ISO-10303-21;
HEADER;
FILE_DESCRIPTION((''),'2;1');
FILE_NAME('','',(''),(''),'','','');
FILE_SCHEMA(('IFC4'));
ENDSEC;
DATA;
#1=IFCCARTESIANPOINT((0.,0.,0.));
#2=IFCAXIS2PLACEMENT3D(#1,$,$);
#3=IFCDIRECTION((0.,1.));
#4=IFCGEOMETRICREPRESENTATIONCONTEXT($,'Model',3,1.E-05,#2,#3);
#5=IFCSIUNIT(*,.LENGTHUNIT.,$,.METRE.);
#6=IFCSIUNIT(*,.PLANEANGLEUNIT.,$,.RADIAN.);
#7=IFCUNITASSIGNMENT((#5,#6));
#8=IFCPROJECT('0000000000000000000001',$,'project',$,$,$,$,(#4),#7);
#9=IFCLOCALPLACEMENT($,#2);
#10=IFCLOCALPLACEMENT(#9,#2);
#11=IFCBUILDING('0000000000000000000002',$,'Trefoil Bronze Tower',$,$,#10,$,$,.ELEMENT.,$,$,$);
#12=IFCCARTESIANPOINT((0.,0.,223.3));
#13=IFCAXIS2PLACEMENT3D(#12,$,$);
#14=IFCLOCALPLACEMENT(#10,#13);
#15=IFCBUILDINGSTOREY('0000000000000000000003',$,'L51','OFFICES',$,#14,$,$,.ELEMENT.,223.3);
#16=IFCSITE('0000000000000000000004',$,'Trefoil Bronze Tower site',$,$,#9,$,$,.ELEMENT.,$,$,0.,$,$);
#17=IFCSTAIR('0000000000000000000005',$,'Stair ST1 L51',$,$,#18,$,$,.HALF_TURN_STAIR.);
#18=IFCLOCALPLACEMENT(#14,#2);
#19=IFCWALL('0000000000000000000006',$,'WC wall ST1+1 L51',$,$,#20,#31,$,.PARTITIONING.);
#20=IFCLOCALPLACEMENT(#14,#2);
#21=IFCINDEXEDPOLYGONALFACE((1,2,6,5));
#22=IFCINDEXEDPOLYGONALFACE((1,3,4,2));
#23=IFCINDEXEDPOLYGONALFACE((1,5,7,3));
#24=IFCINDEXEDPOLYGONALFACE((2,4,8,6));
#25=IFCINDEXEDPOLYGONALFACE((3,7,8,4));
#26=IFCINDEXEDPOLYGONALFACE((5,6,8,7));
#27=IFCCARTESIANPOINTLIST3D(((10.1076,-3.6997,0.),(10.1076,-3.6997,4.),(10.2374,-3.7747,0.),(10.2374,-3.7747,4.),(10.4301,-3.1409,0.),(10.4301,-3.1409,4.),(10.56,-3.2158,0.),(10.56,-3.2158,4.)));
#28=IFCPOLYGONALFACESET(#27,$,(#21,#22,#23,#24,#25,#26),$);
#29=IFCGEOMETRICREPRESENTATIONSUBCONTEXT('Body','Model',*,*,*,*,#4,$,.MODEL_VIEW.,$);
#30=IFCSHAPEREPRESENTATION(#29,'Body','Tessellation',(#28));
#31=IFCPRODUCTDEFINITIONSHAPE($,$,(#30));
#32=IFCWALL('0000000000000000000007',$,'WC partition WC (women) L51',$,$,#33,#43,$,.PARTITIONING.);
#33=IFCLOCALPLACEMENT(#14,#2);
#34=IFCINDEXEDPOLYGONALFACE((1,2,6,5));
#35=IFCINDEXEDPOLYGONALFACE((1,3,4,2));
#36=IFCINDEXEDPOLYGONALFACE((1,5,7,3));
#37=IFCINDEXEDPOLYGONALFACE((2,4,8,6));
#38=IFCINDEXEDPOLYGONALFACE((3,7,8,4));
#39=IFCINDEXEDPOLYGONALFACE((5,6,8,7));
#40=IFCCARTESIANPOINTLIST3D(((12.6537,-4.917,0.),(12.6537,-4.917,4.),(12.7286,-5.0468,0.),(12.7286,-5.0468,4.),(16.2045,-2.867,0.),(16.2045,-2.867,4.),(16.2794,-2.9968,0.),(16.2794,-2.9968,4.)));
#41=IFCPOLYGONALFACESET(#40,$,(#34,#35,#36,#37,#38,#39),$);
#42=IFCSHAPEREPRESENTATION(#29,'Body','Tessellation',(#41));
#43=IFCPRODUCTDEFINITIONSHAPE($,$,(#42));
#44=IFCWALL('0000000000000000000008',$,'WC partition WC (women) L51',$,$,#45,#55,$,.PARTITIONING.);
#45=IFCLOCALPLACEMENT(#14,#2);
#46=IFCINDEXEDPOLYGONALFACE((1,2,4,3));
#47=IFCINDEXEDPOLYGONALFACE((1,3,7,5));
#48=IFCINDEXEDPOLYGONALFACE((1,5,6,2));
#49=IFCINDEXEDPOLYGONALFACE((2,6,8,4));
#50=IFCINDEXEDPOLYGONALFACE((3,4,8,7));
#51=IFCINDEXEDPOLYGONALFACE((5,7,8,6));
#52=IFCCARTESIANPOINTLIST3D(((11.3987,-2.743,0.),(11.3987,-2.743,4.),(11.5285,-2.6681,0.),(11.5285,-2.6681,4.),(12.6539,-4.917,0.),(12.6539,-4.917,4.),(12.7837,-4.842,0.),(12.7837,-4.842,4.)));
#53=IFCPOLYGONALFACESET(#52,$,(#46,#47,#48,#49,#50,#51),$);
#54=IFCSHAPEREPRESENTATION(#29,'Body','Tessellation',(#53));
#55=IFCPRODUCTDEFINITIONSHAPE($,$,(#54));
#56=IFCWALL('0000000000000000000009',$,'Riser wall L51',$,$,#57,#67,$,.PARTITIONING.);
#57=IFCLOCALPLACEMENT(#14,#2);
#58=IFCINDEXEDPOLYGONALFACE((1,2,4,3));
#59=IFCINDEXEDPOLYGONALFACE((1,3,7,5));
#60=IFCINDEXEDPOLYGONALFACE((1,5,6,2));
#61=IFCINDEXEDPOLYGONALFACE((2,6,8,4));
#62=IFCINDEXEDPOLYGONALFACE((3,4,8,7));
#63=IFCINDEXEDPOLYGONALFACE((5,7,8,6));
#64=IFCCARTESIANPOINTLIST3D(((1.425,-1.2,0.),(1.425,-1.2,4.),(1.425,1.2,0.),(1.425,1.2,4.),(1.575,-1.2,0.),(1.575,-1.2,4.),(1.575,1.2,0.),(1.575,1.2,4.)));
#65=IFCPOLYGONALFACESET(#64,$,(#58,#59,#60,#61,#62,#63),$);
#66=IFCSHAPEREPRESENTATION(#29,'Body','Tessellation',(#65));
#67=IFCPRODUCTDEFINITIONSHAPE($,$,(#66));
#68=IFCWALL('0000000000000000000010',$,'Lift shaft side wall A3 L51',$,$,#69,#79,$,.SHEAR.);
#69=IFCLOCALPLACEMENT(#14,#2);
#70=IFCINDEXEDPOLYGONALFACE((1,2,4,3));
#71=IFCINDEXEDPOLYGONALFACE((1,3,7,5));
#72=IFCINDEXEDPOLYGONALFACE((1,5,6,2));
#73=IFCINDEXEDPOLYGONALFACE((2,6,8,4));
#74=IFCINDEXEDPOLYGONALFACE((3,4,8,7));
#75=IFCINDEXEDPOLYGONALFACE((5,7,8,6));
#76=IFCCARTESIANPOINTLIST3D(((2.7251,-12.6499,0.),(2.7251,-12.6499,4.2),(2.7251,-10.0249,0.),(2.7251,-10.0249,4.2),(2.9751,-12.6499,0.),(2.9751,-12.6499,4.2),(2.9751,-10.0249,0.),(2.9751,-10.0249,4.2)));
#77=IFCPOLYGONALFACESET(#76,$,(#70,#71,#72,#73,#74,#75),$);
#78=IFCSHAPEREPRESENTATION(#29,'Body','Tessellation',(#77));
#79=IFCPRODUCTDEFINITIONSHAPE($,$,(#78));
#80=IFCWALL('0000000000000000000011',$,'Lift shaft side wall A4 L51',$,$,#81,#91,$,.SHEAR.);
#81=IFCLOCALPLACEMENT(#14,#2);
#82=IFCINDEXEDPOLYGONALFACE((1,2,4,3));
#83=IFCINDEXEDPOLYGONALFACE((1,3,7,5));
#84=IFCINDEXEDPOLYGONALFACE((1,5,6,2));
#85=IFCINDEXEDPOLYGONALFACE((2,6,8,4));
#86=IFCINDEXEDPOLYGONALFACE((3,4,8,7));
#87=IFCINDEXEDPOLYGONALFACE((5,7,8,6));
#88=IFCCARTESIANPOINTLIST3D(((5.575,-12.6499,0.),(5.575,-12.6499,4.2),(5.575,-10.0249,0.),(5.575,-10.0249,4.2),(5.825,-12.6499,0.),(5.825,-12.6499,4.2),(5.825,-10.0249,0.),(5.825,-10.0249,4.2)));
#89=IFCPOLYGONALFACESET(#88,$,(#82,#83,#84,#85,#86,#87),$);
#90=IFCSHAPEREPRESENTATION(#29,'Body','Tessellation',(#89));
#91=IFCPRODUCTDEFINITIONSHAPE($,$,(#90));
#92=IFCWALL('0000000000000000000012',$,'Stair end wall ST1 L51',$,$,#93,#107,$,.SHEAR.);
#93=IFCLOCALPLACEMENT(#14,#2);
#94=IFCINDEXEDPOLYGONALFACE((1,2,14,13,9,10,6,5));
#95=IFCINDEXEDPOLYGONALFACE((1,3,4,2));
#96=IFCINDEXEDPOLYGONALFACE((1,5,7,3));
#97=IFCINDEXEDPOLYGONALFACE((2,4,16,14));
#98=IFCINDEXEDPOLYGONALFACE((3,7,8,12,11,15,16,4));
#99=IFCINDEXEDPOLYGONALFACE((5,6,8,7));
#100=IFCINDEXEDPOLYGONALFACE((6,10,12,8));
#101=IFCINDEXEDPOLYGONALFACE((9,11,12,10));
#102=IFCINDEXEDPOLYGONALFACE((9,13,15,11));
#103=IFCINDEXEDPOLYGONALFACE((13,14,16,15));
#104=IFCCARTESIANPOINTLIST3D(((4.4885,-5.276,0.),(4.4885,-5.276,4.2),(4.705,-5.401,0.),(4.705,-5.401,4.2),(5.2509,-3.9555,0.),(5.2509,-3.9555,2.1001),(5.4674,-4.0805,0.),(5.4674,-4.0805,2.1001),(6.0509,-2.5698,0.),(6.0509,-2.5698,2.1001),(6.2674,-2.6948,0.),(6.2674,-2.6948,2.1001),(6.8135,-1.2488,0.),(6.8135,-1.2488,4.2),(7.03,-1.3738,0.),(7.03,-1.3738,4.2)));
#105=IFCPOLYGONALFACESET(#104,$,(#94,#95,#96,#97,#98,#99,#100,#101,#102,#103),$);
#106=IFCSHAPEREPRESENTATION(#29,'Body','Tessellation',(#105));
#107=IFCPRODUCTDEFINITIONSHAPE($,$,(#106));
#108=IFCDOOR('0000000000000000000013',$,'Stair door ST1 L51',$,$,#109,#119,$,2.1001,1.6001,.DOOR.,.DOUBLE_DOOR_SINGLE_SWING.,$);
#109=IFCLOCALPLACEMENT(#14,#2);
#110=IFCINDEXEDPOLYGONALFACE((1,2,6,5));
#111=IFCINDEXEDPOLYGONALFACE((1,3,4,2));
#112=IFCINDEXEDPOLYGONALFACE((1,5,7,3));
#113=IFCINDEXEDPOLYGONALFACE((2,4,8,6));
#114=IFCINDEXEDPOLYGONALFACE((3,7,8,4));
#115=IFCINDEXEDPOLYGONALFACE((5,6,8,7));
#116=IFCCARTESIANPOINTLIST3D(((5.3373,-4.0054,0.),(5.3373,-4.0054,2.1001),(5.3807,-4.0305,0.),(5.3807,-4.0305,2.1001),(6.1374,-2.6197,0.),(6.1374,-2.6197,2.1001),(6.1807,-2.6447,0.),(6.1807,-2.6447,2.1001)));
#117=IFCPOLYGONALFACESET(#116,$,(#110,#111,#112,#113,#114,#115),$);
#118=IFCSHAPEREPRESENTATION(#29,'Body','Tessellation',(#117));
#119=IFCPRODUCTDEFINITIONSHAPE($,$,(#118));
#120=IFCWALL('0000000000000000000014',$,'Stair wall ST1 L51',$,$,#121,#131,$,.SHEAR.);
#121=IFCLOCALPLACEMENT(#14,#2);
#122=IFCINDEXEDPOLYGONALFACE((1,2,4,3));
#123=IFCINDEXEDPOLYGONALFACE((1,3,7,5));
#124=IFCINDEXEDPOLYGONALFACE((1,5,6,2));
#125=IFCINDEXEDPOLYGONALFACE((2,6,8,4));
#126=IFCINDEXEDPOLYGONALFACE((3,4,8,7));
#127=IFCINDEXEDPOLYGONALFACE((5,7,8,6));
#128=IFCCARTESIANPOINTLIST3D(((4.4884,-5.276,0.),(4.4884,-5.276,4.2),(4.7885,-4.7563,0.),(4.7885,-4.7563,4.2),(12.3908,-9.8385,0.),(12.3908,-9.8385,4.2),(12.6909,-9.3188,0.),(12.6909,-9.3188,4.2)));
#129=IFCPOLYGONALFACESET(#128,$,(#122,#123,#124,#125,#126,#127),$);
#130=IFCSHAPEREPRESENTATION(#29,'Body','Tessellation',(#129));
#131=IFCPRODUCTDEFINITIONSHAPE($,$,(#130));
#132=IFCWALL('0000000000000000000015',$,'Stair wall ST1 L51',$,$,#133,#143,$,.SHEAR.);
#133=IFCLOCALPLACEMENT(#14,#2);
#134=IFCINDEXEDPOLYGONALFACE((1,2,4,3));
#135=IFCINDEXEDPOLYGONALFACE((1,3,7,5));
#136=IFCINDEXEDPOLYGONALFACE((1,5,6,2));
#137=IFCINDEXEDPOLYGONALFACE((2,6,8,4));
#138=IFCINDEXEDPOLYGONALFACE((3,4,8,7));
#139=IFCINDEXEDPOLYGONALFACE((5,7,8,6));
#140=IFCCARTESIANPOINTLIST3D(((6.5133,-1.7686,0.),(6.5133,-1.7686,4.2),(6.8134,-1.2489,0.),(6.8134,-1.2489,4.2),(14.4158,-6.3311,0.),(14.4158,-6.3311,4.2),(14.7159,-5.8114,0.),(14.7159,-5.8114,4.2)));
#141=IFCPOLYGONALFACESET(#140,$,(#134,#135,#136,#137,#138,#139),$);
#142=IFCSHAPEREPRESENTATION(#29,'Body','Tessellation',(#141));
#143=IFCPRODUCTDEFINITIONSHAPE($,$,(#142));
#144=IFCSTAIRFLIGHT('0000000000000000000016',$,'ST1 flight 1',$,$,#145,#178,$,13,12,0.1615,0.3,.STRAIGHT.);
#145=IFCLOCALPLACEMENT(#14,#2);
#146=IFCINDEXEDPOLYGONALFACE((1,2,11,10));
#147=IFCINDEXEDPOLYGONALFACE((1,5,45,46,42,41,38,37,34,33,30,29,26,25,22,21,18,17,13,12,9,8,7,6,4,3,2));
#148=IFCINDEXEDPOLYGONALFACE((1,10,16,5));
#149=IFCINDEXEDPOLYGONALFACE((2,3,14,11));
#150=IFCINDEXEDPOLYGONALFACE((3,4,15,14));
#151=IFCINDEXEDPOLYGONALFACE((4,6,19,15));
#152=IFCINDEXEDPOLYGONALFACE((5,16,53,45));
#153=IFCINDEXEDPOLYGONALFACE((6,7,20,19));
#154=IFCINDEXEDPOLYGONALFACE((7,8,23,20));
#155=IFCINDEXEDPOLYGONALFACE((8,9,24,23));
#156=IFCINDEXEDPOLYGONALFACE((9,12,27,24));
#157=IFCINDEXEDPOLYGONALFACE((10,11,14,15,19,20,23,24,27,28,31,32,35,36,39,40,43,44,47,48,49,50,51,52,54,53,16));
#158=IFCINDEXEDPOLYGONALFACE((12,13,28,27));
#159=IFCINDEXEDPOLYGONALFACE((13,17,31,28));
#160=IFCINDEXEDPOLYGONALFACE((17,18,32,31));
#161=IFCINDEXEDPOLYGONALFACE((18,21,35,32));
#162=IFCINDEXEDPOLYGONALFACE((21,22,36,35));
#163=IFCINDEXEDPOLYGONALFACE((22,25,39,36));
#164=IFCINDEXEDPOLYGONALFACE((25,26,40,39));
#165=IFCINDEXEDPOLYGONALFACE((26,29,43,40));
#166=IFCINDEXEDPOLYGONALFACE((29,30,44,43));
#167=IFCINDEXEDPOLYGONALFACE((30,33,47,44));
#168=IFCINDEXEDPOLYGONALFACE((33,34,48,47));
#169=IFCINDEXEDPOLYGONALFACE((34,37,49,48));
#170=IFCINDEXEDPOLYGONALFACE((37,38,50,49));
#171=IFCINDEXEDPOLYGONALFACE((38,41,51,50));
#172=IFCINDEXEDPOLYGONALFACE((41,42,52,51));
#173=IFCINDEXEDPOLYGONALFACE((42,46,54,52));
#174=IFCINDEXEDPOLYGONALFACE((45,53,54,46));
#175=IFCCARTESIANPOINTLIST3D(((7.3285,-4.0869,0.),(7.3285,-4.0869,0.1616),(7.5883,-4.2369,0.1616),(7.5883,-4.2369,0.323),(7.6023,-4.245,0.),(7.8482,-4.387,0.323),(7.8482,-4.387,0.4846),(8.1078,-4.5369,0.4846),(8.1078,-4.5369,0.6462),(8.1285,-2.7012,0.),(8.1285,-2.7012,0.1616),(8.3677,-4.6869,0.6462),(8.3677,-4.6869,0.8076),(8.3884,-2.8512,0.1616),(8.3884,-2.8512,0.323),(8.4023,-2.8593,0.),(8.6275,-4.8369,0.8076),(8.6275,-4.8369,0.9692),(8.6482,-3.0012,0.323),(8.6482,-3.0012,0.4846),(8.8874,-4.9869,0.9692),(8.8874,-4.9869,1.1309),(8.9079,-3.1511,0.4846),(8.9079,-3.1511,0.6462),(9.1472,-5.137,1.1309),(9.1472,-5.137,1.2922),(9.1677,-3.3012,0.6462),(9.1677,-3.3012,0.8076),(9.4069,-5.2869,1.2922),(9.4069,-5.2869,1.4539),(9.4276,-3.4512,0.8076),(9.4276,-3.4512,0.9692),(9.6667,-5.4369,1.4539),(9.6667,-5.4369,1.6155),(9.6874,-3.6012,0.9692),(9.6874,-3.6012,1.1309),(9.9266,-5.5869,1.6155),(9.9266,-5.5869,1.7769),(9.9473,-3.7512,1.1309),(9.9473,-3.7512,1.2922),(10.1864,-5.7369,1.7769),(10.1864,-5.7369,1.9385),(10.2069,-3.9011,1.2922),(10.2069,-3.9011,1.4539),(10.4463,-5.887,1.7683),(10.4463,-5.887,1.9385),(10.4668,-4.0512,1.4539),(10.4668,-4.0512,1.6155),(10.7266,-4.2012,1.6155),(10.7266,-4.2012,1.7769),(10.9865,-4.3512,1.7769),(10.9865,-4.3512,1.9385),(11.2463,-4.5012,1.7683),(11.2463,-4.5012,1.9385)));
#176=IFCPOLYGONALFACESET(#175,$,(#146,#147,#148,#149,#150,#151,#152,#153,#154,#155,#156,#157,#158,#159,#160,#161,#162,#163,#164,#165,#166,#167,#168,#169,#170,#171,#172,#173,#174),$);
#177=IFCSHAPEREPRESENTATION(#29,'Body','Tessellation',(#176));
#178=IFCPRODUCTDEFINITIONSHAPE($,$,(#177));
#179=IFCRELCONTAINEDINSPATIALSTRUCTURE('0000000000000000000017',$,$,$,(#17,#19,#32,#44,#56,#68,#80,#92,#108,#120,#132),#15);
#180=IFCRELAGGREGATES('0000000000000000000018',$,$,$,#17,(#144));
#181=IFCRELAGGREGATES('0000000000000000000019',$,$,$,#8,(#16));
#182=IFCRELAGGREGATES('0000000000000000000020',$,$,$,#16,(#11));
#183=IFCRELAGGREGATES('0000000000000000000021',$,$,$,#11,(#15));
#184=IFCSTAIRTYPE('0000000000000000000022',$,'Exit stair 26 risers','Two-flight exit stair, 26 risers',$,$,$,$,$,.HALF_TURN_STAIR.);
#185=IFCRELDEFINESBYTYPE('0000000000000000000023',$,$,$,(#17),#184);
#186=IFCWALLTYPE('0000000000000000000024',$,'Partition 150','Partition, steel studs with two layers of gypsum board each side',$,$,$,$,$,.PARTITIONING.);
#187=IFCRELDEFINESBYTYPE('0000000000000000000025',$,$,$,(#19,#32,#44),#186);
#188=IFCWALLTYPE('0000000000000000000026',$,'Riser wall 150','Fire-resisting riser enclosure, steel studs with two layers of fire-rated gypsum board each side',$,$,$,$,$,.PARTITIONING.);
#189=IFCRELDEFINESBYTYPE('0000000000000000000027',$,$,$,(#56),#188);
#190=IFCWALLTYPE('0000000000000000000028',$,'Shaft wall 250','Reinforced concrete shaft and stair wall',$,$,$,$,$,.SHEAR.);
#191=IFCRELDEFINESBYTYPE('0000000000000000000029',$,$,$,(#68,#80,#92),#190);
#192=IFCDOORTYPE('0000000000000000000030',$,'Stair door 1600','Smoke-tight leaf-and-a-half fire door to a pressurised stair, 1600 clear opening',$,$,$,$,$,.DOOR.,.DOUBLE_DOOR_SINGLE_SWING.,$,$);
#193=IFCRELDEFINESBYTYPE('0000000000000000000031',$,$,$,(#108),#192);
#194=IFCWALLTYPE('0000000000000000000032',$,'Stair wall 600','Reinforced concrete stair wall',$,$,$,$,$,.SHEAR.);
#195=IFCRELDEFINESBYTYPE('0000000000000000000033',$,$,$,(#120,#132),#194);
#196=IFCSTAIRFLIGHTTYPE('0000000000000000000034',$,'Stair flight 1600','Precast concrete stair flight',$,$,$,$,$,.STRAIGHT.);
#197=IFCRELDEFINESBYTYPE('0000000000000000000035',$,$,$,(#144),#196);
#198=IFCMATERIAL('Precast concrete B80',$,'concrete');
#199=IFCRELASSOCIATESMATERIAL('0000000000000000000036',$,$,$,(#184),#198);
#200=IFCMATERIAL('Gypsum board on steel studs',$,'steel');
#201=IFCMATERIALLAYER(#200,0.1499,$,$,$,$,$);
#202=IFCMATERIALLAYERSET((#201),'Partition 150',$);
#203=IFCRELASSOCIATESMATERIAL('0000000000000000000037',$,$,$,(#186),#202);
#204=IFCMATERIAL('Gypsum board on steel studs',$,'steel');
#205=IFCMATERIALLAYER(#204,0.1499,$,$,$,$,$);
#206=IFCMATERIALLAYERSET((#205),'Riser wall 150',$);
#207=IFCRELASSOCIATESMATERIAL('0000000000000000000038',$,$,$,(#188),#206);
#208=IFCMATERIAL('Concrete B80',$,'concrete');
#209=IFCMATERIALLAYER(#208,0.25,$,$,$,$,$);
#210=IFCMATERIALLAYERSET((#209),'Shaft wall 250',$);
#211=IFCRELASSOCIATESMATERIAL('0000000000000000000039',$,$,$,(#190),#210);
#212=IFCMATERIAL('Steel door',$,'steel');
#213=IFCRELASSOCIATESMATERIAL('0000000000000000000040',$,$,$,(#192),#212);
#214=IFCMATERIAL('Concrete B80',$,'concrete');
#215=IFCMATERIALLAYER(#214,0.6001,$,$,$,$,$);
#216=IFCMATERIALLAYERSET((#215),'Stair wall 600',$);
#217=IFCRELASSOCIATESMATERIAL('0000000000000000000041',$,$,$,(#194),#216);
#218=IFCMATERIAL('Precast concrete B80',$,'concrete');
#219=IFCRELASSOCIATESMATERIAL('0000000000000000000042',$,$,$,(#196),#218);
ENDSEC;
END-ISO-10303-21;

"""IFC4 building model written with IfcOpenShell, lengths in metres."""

from ifc_helpers import new_model, si_unit, direction, frame, frame_2d, origin, place, context, subcontext, project, spatial, polyline, rectangle, outline, extrude, material, layer, layer_set, type_object, element, fill, aggregate, save


model = new_model("IFC4")

# Units and contexts
model_context = context("Model", 3, precision=1e-05, world=origin(), true_north=direction((0.0, 1.0)))
body_context = subcontext(model_context, "Body", "Model", "MODEL_VIEW")
ifc_project = project(units=[si_unit("LENGTHUNIT", "METRE"), si_unit("PLANEANGLEUNIT", "RADIAN")], contexts=[model_context])

# Site, building, storey
site_placement = place(None, origin())
site = spatial("IfcSite", under=ifc_project, at=site_placement, Name="Trefoil Bronze Tower site", CompositionType="ELEMENT", RefElevation=0.0)
building_placement = place(site_placement, origin())
building = spatial("IfcBuilding", under=site, at=building_placement, Name="Trefoil Bronze Tower", CompositionType="ELEMENT")
storey_placement = place(building_placement, frame((0.0, 0.0, 223.3)))
storey = spatial("IfcBuildingStorey", under=building, at=storey_placement, Name="L51", Description="OFFICES", CompositionType="ELEMENT", Elevation=223.3)

# Stair
ifc_material_1 = material(Name="Precast concrete B80", Category="concrete")
stair_type = type_object("IfcStairType", Name="Exit stair 26 risers", Description="Two-flight exit stair, 26 risers", PredefinedType="HALF_TURN_STAIR", material=ifc_material_1)
stair_1_placement = place(storey_placement, origin())
stair_1 = element("IfcStair", 1, at=stair_1_placement, inside=storey, type_object=stair_type, Name="Stair ST1 L51", PredefinedType="HALF_TURN_STAIR")

# Shared definitions
ifc_material_2 = material(Name="Gypsum board on steel studs", Category="steel")
ifc_layer_1 = layer(ifc_material_2, 0.1499)
ifc_layer_set_1 = layer_set([ifc_layer_1], Name="Partition 150")
wall_type_1 = type_object("IfcWallType", Name="Partition 150", Description="Partition, steel studs with two layers of gypsum board each side", PredefinedType="PARTITIONING", material=ifc_layer_set_1)

# Walls
for number, where, z_axis, x_axis, name in (
    (2, (10.4951, -3.1782, 0.0), (0.0, 0.0, 1.0), (-0.499843, -0.866116, 0.0), "WC wall ST1+1 L51"),
):
    element("IfcWall", number, at=place(storey_placement, frame(where, z_axis=z_axis, x_axis=x_axis)), inside=storey, type_object=wall_type_1, Name=name, PredefinedType="PARTITIONING", context=body_context, shape_type="SweptSolid", body=[
        extrude(rectangle(XDim=0.6453, YDim=0.1499, at=frame_2d((0.3228, 0.0))), origin(), (0.0, 0.0, 1.0), 4.0),
    ])
wall_1_placement = place(storey_placement, frame((12.6912, -4.9819, 0.0), z_axis=(0.0, 0.0, 1.0), x_axis=(0.866025, 0.500001, 0.0)))
element("IfcWall", 3, at=wall_1_placement, inside=storey, type_object=wall_type_1, Name="WC partition WC (women) L51", PredefinedType="PARTITIONING", context=body_context, shape_type="SweptSolid", body=[
    extrude(rectangle(XDim=4.1001, YDim=0.1499, at=frame_2d((2.05, 0.0))), origin(), (0.0, 0.0, 1.0), 4.0),
])
wall_2_placement = place(storey_placement, frame((11.4636, -2.7056, 0.0), z_axis=(0.0, 0.0, 1.0), x_axis=(0.50002, -0.866014, 0.0)))
element("IfcWall", 4, at=wall_2_placement, inside=storey, type_object=wall_type_1, Name="WC partition WC (women) L51", PredefinedType="PARTITIONING", context=body_context, shape_type="SweptSolid", body=[
    extrude(rectangle(XDim=2.5103, YDim=0.1499, at=frame_2d((1.2551, 0.0))), origin(), (0.0, 0.0, 1.0), 4.0),
])
ifc_material_3 = material(Name="Gypsum board on steel studs", Category="steel")
ifc_layer_2 = layer(ifc_material_3, 0.1499)
ifc_layer_set_2 = layer_set([ifc_layer_2], Name="Riser wall 150")
wall_type_2 = type_object("IfcWallType", Name="Riser wall 150", Description="Fire-resisting riser enclosure, steel studs with two layers of fire-rated gypsum board each side", PredefinedType="PARTITIONING", material=ifc_layer_set_2)
wall_3_placement = place(storey_placement, frame((1.5, -1.2, 0.0), z_axis=(0.0, 0.0, 1.0), x_axis=(0.0, 1.0, 0.0)))
element("IfcWall", 5, at=wall_3_placement, inside=storey, type_object=wall_type_2, Name="Riser wall L51", PredefinedType="PARTITIONING", context=body_context, shape_type="SweptSolid", body=[
    extrude(rectangle(XDim=2.3999, YDim=0.1499, at=frame_2d((1.2, 0.0))), origin(), (0.0, 0.0, 1.0), 4.0),
])
ifc_material_4 = material(Name="Concrete B80", Category="concrete")
ifc_layer_3 = layer(ifc_material_4, 0.25)
ifc_layer_set_3 = layer_set([ifc_layer_3], Name="Shaft wall 250")
wall_type_3 = type_object("IfcWallType", Name="Shaft wall 250", Description="Reinforced concrete shaft and stair wall", PredefinedType="SHEAR", material=ifc_layer_set_3)
for number, where, z_axis, x_axis, name in (
    (6, (2.8501, -10.0249, 0.0), (0.0, 0.0, 1.0), (0.0, -1.0, 0.0), "Lift shaft side wall A3 L51"),
    (7, (5.7, -10.0249, 0.0), (0.0, 0.0, 1.0), (0.0, -1.0, 0.0), "Lift shaft side wall A4 L51"),
):
    element("IfcWall", number, at=place(storey_placement, frame(where, z_axis=z_axis, x_axis=x_axis)), inside=storey, type_object=wall_type_3, Name=name, PredefinedType="SHEAR", context=body_context, shape_type="SweptSolid", body=[
        extrude(rectangle(XDim=2.625, YDim=0.25, at=frame_2d((1.3125, 0.0))), origin(), (0.0, 0.0, 1.0), 4.2),
    ])

# Wall, opening, door
wall_4_placement = place(storey_placement, frame((4.5967, -5.3386, 0.0), z_axis=(0.0, 0.0, 1.0), x_axis=(0.499985, 0.866034, 0.0)))
wall_4 = element("IfcWall", 8, at=wall_4_placement, inside=storey, type_object=wall_type_3, Name="Stair end wall ST1 L51", PredefinedType="SHEAR", context=body_context, shape_type="SweptSolid", body=[
    extrude(rectangle(XDim=4.6501, YDim=0.25, at=frame_2d((2.3252, 0.0))), origin(), (0.0, 0.0, 1.0), 4.2),
])
opening_1_placement = place(wall_4_placement, frame((1.5249, 0.0, 0.0)))
opening_1 = element("IfcOpeningElement", 9, at=opening_1_placement, cuts=wall_4, PredefinedType="OPENING", context=body_context, shape_type="SweptSolid", body=[
    extrude(rectangle(XDim=1.6001, YDim=2.1001, at=frame_2d((0.8, 1.05))), frame((0.0, 0.135, 0.0), z_axis=(0.0, -1.0, 0.0), x_axis=(1.0, 0.0, 0.0)), (0.0, 0.0, 1.0), 0.27),
])
ifc_material_5 = material(Name="Steel door", Category="steel")
door_type_1 = type_object("IfcDoorType", Name="Stair door 1600", Description="Smoke-tight leaf-and-a-half fire door to a pressurised stair, 1600 clear opening", OperationType="DOUBLE_DOOR_SINGLE_SWING", PredefinedType="DOOR", material=ifc_material_5)
door_1_placement = place(opening_1_placement, frame((1.6001, 0.0, 0.0), z_axis=(0.0, 0.0, 1.0), x_axis=(-1.0, 0.0, 0.0)))
door_1 = element("IfcDoor", 10, at=door_1_placement, inside=storey, type_object=door_type_1, Name="Stair door ST1 L51", OperationType="DOUBLE_DOOR_SINGLE_SWING", OverallHeight=2.1001, OverallWidth=1.6001, PredefinedType="DOOR", context=body_context, shape_type="SweptSolid", body=[
    extrude(rectangle(XDim=1.6001, YDim=2.1001, at=frame_2d((0.8, 1.05))), frame((0.0, 0.0249, 0.0), z_axis=(0.0, -1.0, 0.0), x_axis=(1.0, 0.0, 0.0)), (0.0, 0.0, 1.0), 0.05),
])
fill(opening_1, door_1)

# Walls
ifc_material_6 = material(Name="Concrete B80", Category="concrete")
ifc_layer_4 = layer(ifc_material_6, 0.6001)
ifc_layer_set_4 = layer_set([ifc_layer_4], Name="Stair wall 600")
wall_type_4 = type_object("IfcWallType", Name="Stair wall 600", Description="Reinforced concrete stair wall", PredefinedType="SHEAR", material=ifc_layer_set_4)
for number, where, z_axis, x_axis, name in (
    (11, (4.6384, -5.0161, 0.0), (0.0, 0.0, 1.0), (0.866022, -0.500007, 0.0), "Stair wall ST1 L51"),
    (12, (6.6633, -1.5088, 0.0), (0.0, 0.0, 1.0), (0.866028, -0.499995, 0.0), "Stair wall ST1 L51"),
):
    element("IfcWall", number, at=place(storey_placement, frame(where, z_axis=z_axis, x_axis=x_axis)), inside=storey, type_object=wall_type_4, Name=name, PredefinedType="SHEAR", context=body_context, shape_type="SweptSolid", body=[
        extrude(rectangle(XDim=9.125, YDim=0.6001, at=frame_2d((4.5625, 0.0))), origin(), (0.0, 0.0, 1.0), 4.2),
    ])

# Stair flight
ifc_material_7 = material(Name="Precast concrete B80", Category="concrete")
stair_flight_type = type_object("IfcStairFlightType", Name="Stair flight 1600", Description="Precast concrete stair flight", PredefinedType="STRAIGHT", material=ifc_material_7)
stair_flight_1_placement = place(storey_placement, frame((7.7285, -3.394, 0.0), z_axis=(0.0, 0.0, 1.0), x_axis=(0.866025, -0.5, 0.0)))
stair_flight_1 = element("IfcStairFlight", 13, at=stair_flight_1_placement, type_object=stair_flight_type, Name="ST1 flight 1", NumberOfRisers=13, NumberOfTreads=12, PredefinedType="STRAIGHT", RiserHeight=0.1615, TreadLength=0.3, context=body_context, shape_type="SweptSolid", body=[
    extrude(outline(polyline([(0.0, 0.0), (0.0, 0.1616), (0.3, 0.1616), (0.3, 0.323), (0.6001, 0.323), (0.6001, 0.4846), (0.8999, 0.4846), (0.8999, 0.6462), (1.2, 0.6462), (1.2, 0.8076), (1.5, 0.8076), (1.5, 0.9692), (1.8, 0.9692), (1.8, 1.1309), (2.1001, 1.1309), (2.1001, 1.2922), (2.3999, 1.2922), (2.3999, 1.4539), (2.7, 1.4539), (2.7, 1.6155), (3.0, 1.6155), (3.0, 1.7769), (3.3, 1.7769), (3.3, 1.9385), (3.6001, 1.9385), (3.6001, 2.1001), (3.6001, 1.7683), (0.3162, 0.0), (0.0, 0.0)])), frame((0.0, 0.8, 0.0), z_axis=(0.0, -1.0, 0.0), x_axis=(1.0, 0.0, 0.0)), (0.0, 0.0, 1.0), 1.6001),
])
aggregate(stair_1, [stair_flight_1])

save(model, "model.ifc")
